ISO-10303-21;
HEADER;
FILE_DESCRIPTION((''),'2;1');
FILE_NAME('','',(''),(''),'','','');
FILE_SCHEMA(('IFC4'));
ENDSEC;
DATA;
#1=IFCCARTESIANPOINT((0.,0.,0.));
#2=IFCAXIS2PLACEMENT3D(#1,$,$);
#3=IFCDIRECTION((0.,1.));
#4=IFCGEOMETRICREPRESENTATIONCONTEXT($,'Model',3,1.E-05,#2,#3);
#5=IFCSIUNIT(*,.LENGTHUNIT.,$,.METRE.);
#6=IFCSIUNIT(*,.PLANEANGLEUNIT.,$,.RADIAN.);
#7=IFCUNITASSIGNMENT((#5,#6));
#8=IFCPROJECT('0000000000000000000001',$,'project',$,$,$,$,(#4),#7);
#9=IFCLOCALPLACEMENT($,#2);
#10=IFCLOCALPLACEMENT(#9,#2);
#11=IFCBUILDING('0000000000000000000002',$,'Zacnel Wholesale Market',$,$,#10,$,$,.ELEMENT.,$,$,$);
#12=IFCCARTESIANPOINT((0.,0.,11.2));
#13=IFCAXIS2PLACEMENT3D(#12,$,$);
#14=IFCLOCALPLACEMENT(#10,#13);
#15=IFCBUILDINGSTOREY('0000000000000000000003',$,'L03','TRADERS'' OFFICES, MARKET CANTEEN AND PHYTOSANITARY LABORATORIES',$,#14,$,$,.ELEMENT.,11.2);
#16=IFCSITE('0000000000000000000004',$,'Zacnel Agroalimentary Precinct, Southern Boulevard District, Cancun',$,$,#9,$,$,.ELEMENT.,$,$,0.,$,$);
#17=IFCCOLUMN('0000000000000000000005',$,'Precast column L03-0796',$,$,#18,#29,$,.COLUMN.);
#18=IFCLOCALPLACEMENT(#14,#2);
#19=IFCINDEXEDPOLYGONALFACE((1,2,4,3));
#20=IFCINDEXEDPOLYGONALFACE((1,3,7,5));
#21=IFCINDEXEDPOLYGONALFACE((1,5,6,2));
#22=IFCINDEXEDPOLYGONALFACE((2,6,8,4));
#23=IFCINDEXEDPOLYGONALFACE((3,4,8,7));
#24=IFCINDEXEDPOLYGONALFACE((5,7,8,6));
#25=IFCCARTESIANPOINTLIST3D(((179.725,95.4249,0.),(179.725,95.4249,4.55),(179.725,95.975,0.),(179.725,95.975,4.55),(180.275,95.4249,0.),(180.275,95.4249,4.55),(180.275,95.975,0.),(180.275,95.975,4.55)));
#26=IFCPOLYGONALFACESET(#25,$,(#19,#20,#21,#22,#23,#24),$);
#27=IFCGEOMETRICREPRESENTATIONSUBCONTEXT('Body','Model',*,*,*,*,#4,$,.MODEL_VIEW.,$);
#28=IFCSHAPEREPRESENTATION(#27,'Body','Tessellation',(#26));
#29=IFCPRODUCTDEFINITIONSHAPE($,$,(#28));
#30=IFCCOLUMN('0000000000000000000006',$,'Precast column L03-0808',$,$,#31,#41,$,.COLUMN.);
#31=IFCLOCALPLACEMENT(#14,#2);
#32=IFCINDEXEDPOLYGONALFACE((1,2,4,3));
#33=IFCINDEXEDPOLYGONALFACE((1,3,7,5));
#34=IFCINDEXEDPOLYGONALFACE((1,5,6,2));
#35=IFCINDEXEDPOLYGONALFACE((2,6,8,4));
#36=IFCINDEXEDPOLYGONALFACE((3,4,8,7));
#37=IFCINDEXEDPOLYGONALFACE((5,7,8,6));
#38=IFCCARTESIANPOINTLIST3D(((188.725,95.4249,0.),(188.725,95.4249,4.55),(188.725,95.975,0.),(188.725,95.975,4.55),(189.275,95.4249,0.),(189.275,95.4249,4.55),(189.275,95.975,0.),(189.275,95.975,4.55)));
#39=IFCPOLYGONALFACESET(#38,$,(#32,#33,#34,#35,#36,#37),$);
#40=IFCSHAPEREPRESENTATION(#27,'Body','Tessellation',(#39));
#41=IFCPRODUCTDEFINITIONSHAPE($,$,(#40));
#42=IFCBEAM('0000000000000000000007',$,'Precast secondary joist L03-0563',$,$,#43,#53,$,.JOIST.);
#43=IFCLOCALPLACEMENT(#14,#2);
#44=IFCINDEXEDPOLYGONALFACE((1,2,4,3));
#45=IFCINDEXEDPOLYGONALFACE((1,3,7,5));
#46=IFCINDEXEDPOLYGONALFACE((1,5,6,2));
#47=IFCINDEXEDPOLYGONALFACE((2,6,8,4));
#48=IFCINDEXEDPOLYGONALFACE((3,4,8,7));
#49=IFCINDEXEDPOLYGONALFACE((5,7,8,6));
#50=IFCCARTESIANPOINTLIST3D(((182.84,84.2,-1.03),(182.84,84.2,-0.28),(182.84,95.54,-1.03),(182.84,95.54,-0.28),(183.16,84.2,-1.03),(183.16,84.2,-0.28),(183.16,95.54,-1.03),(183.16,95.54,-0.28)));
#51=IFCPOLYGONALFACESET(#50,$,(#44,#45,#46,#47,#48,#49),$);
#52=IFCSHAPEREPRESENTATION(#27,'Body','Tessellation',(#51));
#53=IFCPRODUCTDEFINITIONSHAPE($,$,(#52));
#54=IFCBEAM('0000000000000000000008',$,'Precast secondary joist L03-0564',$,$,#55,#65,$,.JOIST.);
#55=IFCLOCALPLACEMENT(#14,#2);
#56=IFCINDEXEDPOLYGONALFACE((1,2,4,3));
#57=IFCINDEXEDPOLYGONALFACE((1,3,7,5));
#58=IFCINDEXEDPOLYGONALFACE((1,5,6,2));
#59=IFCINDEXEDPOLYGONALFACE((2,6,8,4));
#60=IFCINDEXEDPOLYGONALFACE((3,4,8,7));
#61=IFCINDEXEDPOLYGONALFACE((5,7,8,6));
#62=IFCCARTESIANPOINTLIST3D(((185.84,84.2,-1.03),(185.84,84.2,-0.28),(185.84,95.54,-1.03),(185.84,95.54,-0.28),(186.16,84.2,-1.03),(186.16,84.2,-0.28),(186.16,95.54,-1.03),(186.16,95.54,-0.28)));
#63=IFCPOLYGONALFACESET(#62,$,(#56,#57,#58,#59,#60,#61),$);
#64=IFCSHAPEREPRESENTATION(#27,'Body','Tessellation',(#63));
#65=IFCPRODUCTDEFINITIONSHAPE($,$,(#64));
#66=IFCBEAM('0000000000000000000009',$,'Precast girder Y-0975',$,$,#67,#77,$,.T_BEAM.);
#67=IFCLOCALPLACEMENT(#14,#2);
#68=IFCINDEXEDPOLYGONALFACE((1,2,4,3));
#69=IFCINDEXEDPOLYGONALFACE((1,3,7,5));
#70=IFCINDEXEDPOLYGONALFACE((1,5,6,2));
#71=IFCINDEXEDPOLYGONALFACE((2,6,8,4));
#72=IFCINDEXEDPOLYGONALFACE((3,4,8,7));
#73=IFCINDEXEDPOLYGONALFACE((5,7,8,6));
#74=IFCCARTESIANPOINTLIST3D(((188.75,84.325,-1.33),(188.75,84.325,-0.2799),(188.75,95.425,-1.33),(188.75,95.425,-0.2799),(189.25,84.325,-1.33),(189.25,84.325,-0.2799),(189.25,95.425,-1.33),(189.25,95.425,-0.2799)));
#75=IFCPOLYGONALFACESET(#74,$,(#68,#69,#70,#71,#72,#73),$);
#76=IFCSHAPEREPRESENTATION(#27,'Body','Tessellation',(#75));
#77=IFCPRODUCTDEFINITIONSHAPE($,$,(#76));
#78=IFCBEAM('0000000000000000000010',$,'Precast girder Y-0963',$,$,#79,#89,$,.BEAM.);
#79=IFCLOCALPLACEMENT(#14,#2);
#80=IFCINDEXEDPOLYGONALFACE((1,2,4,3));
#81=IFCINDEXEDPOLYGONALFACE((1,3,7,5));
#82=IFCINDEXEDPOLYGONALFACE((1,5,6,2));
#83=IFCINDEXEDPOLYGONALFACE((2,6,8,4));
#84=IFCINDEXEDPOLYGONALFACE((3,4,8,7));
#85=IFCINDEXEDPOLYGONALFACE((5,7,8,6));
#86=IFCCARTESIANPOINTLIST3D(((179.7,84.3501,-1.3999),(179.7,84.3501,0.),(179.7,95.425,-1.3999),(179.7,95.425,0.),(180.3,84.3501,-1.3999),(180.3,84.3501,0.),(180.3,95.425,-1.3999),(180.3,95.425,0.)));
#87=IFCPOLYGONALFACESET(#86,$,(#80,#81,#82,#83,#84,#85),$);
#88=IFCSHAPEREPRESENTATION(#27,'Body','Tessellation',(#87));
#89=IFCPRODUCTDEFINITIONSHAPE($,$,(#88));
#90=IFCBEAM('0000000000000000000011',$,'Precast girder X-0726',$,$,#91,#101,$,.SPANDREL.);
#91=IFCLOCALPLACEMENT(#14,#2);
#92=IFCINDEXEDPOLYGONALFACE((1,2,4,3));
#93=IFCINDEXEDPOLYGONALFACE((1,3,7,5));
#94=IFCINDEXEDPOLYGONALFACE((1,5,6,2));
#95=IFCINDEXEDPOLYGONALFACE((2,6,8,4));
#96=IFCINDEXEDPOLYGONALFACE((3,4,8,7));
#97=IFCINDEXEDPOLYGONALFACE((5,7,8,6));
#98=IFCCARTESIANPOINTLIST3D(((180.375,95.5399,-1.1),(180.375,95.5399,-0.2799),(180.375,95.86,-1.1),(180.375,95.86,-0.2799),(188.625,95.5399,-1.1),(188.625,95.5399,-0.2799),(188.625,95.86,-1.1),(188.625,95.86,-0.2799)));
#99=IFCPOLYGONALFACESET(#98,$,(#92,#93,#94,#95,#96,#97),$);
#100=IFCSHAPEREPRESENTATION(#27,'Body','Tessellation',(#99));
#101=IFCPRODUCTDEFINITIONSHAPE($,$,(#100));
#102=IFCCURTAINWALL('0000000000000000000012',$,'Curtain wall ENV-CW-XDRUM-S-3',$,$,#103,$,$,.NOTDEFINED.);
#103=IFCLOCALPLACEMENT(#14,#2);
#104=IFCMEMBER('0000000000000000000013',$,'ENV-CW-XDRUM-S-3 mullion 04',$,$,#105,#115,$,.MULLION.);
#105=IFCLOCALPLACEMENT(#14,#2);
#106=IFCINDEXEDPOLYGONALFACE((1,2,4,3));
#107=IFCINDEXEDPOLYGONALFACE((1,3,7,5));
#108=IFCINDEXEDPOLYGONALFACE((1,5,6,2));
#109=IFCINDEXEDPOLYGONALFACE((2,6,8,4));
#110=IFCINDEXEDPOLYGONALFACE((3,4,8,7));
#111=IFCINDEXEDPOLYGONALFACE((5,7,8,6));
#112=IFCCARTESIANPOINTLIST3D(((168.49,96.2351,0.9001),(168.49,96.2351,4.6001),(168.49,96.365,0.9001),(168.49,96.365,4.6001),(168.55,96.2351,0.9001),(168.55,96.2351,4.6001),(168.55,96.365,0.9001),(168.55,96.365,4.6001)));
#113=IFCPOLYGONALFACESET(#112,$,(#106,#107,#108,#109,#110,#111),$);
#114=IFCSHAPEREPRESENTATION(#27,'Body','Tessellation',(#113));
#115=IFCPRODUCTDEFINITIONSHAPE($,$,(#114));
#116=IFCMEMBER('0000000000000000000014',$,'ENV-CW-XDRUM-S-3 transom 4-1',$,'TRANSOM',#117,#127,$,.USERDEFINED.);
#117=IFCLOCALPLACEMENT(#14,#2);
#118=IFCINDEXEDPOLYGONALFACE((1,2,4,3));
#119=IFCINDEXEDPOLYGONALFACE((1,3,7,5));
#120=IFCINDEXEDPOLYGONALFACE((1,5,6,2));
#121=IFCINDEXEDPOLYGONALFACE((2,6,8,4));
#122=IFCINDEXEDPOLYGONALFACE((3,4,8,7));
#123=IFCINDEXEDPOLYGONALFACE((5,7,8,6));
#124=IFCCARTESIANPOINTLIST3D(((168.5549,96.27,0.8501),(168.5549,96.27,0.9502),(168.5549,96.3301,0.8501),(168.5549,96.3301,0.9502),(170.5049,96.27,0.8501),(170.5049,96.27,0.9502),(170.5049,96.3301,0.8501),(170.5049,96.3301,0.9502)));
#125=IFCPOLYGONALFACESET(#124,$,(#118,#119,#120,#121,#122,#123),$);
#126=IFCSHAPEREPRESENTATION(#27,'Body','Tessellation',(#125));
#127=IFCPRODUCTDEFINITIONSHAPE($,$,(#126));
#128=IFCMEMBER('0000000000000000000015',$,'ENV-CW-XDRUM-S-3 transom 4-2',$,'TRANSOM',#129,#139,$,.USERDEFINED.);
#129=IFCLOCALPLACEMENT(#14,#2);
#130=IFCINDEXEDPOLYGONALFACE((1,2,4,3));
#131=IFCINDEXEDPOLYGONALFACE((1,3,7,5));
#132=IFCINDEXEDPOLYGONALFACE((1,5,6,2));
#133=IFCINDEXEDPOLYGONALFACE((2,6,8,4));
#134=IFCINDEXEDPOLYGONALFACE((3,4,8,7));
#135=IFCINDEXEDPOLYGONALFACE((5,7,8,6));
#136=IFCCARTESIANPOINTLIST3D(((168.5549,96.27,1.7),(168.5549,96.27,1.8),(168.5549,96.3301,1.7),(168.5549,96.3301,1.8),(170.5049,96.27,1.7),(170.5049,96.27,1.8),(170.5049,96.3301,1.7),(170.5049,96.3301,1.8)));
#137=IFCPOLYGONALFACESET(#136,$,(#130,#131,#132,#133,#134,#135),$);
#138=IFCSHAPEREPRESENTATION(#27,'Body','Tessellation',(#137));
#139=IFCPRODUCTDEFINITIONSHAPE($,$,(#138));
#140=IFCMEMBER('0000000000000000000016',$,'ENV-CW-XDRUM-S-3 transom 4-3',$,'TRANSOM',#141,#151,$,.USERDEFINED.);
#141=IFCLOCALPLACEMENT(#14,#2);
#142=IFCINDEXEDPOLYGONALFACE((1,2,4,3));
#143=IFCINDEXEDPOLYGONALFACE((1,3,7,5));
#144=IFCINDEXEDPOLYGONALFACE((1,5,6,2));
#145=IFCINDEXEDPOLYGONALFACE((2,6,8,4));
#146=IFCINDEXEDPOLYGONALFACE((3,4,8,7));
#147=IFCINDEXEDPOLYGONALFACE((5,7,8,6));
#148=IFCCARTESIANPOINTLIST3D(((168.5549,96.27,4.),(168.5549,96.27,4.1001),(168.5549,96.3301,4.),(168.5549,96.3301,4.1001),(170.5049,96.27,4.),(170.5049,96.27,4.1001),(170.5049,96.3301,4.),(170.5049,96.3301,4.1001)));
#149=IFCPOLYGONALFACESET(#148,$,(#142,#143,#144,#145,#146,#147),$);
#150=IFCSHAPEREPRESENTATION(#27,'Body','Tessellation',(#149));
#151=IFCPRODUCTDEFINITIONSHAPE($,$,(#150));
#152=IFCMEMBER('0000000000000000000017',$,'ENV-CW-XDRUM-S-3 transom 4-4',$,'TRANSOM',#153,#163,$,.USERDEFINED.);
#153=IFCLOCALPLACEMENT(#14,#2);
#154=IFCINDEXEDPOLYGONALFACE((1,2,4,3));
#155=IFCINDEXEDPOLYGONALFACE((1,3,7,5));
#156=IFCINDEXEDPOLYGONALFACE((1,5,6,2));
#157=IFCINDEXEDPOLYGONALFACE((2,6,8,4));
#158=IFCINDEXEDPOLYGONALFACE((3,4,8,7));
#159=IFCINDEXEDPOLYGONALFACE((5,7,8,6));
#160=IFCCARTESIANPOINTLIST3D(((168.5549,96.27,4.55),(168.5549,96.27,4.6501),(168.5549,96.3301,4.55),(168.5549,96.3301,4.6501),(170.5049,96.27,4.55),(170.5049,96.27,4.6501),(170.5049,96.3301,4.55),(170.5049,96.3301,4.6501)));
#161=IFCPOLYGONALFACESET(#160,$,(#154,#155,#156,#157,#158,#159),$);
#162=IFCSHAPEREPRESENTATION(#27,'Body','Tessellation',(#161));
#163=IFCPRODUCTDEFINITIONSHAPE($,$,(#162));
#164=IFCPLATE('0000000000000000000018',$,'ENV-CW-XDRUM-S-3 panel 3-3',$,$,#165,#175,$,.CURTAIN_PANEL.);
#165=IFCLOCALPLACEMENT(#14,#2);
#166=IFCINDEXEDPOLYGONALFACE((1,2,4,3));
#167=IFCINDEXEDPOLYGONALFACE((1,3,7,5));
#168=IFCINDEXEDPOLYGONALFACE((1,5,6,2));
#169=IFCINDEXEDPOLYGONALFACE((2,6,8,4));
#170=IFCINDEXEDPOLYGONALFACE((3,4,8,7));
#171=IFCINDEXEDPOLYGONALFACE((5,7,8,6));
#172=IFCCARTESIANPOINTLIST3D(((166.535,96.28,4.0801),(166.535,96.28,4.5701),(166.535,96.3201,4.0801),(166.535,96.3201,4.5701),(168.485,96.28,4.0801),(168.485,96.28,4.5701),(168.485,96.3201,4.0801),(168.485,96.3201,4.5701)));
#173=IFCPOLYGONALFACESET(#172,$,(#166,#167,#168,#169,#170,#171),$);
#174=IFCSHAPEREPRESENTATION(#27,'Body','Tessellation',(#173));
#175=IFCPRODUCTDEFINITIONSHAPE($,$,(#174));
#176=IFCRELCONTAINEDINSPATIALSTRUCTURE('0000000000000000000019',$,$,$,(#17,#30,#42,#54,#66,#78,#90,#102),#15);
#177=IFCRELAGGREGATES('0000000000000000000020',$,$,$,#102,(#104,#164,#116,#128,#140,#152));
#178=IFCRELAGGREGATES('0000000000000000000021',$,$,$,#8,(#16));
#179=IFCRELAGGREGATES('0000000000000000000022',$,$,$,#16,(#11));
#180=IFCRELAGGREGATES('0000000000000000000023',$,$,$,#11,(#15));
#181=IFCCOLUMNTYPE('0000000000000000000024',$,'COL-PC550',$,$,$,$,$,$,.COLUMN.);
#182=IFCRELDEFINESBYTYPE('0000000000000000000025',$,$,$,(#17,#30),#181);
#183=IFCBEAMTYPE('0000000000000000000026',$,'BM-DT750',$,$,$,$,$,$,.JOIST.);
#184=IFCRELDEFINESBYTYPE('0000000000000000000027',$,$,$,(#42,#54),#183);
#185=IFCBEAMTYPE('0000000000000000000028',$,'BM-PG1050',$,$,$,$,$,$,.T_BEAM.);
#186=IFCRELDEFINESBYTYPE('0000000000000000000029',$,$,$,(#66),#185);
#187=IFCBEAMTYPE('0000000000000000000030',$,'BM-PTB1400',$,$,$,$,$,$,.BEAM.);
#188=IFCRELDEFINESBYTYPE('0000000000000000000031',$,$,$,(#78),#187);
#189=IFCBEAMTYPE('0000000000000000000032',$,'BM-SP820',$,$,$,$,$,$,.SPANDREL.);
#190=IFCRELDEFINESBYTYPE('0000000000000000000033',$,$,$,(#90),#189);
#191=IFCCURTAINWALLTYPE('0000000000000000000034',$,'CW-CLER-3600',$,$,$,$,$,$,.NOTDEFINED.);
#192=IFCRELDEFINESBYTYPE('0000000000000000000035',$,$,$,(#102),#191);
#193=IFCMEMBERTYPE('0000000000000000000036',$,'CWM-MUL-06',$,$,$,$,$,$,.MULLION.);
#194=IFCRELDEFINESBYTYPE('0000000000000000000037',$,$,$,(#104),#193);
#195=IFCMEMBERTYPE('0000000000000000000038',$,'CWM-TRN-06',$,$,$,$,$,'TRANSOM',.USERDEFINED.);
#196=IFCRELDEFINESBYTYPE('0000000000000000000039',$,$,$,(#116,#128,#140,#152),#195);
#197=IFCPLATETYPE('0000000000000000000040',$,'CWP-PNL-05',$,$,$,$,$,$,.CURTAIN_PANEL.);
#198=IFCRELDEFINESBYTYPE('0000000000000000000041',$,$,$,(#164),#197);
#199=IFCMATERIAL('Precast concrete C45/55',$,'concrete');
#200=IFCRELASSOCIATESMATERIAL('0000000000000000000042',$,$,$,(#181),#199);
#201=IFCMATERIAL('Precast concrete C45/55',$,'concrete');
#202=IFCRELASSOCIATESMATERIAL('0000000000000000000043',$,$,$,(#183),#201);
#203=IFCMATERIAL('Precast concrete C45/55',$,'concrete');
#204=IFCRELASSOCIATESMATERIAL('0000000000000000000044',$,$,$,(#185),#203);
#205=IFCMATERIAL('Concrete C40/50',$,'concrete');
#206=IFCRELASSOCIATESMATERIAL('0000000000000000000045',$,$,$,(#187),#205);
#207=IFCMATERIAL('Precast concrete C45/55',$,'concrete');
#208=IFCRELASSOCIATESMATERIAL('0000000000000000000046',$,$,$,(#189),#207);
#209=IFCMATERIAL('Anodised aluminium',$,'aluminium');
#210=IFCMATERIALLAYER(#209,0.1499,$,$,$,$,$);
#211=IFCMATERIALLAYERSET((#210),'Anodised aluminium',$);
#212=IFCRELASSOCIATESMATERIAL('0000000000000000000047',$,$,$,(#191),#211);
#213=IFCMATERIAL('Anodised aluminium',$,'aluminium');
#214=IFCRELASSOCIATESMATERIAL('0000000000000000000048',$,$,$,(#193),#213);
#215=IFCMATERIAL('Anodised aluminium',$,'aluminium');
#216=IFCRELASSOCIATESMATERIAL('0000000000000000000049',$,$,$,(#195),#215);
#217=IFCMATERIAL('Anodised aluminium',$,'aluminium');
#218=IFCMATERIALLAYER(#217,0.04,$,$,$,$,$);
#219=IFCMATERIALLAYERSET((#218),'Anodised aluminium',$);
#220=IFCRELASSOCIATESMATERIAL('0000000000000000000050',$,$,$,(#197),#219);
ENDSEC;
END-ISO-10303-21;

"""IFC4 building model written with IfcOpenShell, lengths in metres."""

from ifc_helpers import new_model, si_unit, direction, frame, origin, origin_2d, place, context, subcontext, project, spatial, rectangle, extrude, material, layer, layer_set, material_profile, profile_set, type_object, element, aggregate, save


model = new_model("IFC4")

# Units and contexts
model_context = context("Model", 3, precision=1e-05, world=origin(), true_north=direction((0.0, 1.0)))
body_context = subcontext(model_context, "Body", "Model", "MODEL_VIEW")
ifc_project = project(units=[si_unit("LENGTHUNIT", "METRE"), si_unit("PLANEANGLEUNIT", "RADIAN")], contexts=[model_context])

# Site, building, storey
site_placement = place(None, origin())
site = spatial("IfcSite", under=ifc_project, at=site_placement, Name="Zacnel Agroalimentary Precinct, Southern Boulevard District, Cancun", CompositionType="ELEMENT", RefElevation=0.0)
building_placement = place(site_placement, origin())
building = spatial("IfcBuilding", under=site, at=building_placement, Name="Zacnel Wholesale Market", CompositionType="ELEMENT")
storey_placement = place(building_placement, frame((0.0, 0.0, 11.2)))
storey = spatial("IfcBuildingStorey", under=building, at=storey_placement, Name="L03", Description="TRADERS' OFFICES, MARKET CANTEEN AND PHYTOSANITARY LABORATORIES", CompositionType="ELEMENT", Elevation=11.2)

# Columns
ifc_material_1 = material(Name="Precast concrete C45/55", Category="concrete")
ifc_material_profile_1 = material_profile(ifc_material_1, rectangle(XDim=0.55, YDim=0.55, at=origin_2d()), Name="PC 550x550")
ifc_profile_set_1 = profile_set([ifc_material_profile_1], Name="Precast concrete C45/55")
column_type = type_object("IfcColumnType", Name="COL-PC550", PredefinedType="COLUMN", material=ifc_profile_set_1)
for number, where, z_axis, x_axis, name in (
    (1, (180.0, 95.7, 0.0), (0.0, 0.0, 1.0), (1.0, 0.0, 0.0), "Precast column L03-0796"),
    (2, (189.0, 95.7, 0.0), (0.0, 0.0, 1.0), (1.0, 0.0, 0.0), "Precast column L03-0808"),
):
    element("IfcColumn", number, at=place(storey_placement, frame(where, z_axis=z_axis, x_axis=x_axis)), inside=storey, type_object=column_type, Name=name, PredefinedType="COLUMN", context=body_context, shape_type="SweptSolid", body=[
        extrude(rectangle(XDim=0.55, YDim=0.55, at=origin_2d()), origin(), (0.0, 0.0, 1.0), 4.55),
    ])

# Beams
ifc_material_2 = material(Name="Precast concrete C45/55", Category="concrete")
ifc_material_profile_2 = material_profile(ifc_material_2, rectangle(XDim=0.3201, YDim=0.75, at=origin_2d()), Name="DT RIB 320x750")
ifc_profile_set_2 = profile_set([ifc_material_profile_2], Name="Precast concrete C45/55")
beam_type_1 = type_object("IfcBeamType", Name="BM-DT750", PredefinedType="JOIST", material=ifc_profile_set_2)
for number, where, z_axis, x_axis, name in (
    (3, (183.0, 84.2, -0.655), (0.0, 1.0, 0.0), (-1.0, 0.0, 0.0), "Precast secondary joist L03-0563"),
    (4, (186.0, 84.2, -0.655), (0.0, 1.0, 0.0), (-1.0, 0.0, 0.0), "Precast secondary joist L03-0564"),
):
    element("IfcBeam", number, at=place(storey_placement, frame(where, z_axis=z_axis, x_axis=x_axis)), inside=storey, type_object=beam_type_1, Name=name, PredefinedType="JOIST", context=body_context, shape_type="SweptSolid", body=[
        extrude(rectangle(XDim=0.3201, YDim=0.75, at=origin_2d()), origin(), (0.0, 0.0, 1.0), 11.3401),
    ])
ifc_material_3 = material(Name="Precast concrete C45/55", Category="concrete")
ifc_material_profile_3 = material_profile(ifc_material_3, rectangle(XDim=0.5, YDim=1.05, at=origin_2d()), Name="PG 500x1050")
ifc_profile_set_3 = profile_set([ifc_material_profile_3], Name="Precast concrete C45/55")
beam_type_2 = type_object("IfcBeamType", Name="BM-PG1050", PredefinedType="T_BEAM", material=ifc_profile_set_3)
beam_1_placement = place(storey_placement, frame((189.0, 84.325, -0.8049), z_axis=(0.0, 1.0, 0.0), x_axis=(-1.0, 0.0, 0.0)))
element("IfcBeam", 5, at=beam_1_placement, inside=storey, type_object=beam_type_2, Name="Precast girder Y-0975", PredefinedType="T_BEAM", context=body_context, shape_type="SweptSolid", body=[
    extrude(rectangle(XDim=0.5, YDim=1.05, at=origin_2d()), origin(), (0.0, 0.0, 1.0), 11.1001),
])
ifc_material_4 = material(Name="Concrete C40/50", Category="concrete")
ifc_material_profile_4 = material_profile(ifc_material_4, rectangle(XDim=0.6001, YDim=1.3999, at=origin_2d()), Name="PTB 600x1400")
ifc_profile_set_4 = profile_set([ifc_material_profile_4], Name="Concrete C40/50")
beam_type_3 = type_object("IfcBeamType", Name="BM-PTB1400", PredefinedType="BEAM", material=ifc_profile_set_4)
beam_2_placement = place(storey_placement, frame((180.0, 84.3501, -0.7), z_axis=(0.0, 1.0, 0.0), x_axis=(-1.0, 0.0, 0.0)))
element("IfcBeam", 6, at=beam_2_placement, inside=storey, type_object=beam_type_3, Name="Precast girder Y-0963", PredefinedType="BEAM", context=body_context, shape_type="SweptSolid", body=[
    extrude(rectangle(XDim=0.6001, YDim=1.3999, at=origin_2d()), origin(), (0.0, 0.0, 1.0), 11.075),
])
ifc_material_5 = material(Name="Precast concrete C45/55", Category="concrete")
ifc_material_profile_5 = material_profile(ifc_material_5, rectangle(XDim=0.3201, YDim=0.8201, at=origin_2d()), Name="SP 320x820")
ifc_profile_set_5 = profile_set([ifc_material_profile_5], Name="Precast concrete C45/55")
beam_type_4 = type_object("IfcBeamType", Name="BM-SP820", PredefinedType="SPANDREL", material=ifc_profile_set_5)
beam_3_placement = place(storey_placement, frame((180.375, 95.7, -0.6899), z_axis=(1.0, 0.0, 0.0), x_axis=(0.0, 1.0, 0.0)))
element("IfcBeam", 7, at=beam_3_placement, inside=storey, type_object=beam_type_4, Name="Precast girder X-0726", PredefinedType="SPANDREL", context=body_context, shape_type="SweptSolid", body=[
    extrude(rectangle(XDim=0.3201, YDim=0.8201, at=origin_2d()), origin(), (0.0, 0.0, 1.0), 8.25),
])

# Curtain wall, members, plate
ifc_material_6 = material(Name="Anodised aluminium", Category="aluminium")
ifc_layer_1 = layer(ifc_material_6, 0.1499)
ifc_layer_set_1 = layer_set([ifc_layer_1], Name="Anodised aluminium")
curtain_wall_type = type_object("IfcCurtainWallType", Name="CW-CLER-3600", PredefinedType="NOTDEFINED", material=ifc_layer_set_1)
curtain_wall_placement = place(storey_placement, origin())
curtain_wall = element("IfcCurtainWall", 8, at=curtain_wall_placement, inside=storey, type_object=curtain_wall_type, Name="Curtain wall ENV-CW-XDRUM-S-3", PredefinedType="NOTDEFINED")
ifc_material_7 = material(Name="Anodised aluminium", Category="aluminium")
ifc_material_profile_6 = material_profile(ifc_material_7, rectangle(XDim=0.0601, YDim=0.1299, at=origin_2d()), Name="AW-MULLION 60x130")
ifc_profile_set_6 = profile_set([ifc_material_profile_6], Name="Anodised aluminium")
member_type_1 = type_object("IfcMemberType", Name="CWM-MUL-06", PredefinedType="MULLION", material=ifc_profile_set_6)
member_1_placement = place(storey_placement, frame((168.52, 96.3, 0.9001), z_axis=(0.0, 0.0, 1.0), x_axis=(1.0, 0.0, 0.0)))
member_1 = element("IfcMember", 9, at=member_1_placement, type_object=member_type_1, Name="ENV-CW-XDRUM-S-3 mullion 04", PredefinedType="MULLION", context=body_context, shape_type="SweptSolid", body=[
    extrude(rectangle(XDim=0.0601, YDim=0.1299, at=origin_2d()), origin(), (0.0, 0.0, 1.0), 3.7),
])
ifc_material_8 = material(Name="Anodised aluminium", Category="aluminium")
ifc_material_profile_7 = material_profile(ifc_material_8, rectangle(XDim=0.0601, YDim=0.1001, at=origin_2d()), Name="AW-TRANSOM 60x100")
ifc_profile_set_7 = profile_set([ifc_material_profile_7], Name="Anodised aluminium")
member_type_2 = type_object("IfcMemberType", Name="CWM-TRN-06", ElementType="TRANSOM", PredefinedType="USERDEFINED", material=ifc_profile_set_7)
member_2_placement = place(storey_placement, frame((168.5549, 96.3, 0.9001), z_axis=(1.0, 0.0, 0.0), x_axis=(0.0, 1.0, 0.0)))
member_2 = element("IfcMember", 10, at=member_2_placement, type_object=member_type_2, Name="ENV-CW-XDRUM-S-3 transom 4-1", ObjectType="TRANSOM", PredefinedType="USERDEFINED", context=body_context, shape_type="SweptSolid", body=[
    extrude(rectangle(XDim=0.0601, YDim=0.1001, at=origin_2d()), origin(), (0.0, 0.0, 1.0), 1.95),
])
member_3_placement = place(storey_placement, frame((168.5549, 96.3, 1.75), z_axis=(1.0, 0.0, 0.0), x_axis=(0.0, 1.0, 0.0)))
member_3 = element("IfcMember", 11, at=member_3_placement, type_object=member_type_2, Name="ENV-CW-XDRUM-S-3 transom 4-2", ObjectType="TRANSOM", PredefinedType="USERDEFINED", context=body_context, shape_type="SweptSolid", body=[
    extrude(rectangle(XDim=0.0601, YDim=0.1001, at=origin_2d()), origin(), (0.0, 0.0, 1.0), 1.95),
])
member_4_placement = place(storey_placement, frame((168.5549, 96.3, 4.05), z_axis=(1.0, 0.0, 0.0), x_axis=(0.0, 1.0, 0.0)))
member_4 = element("IfcMember", 12, at=member_4_placement, type_object=member_type_2, Name="ENV-CW-XDRUM-S-3 transom 4-3", ObjectType="TRANSOM", PredefinedType="USERDEFINED", context=body_context, shape_type="SweptSolid", body=[
    extrude(rectangle(XDim=0.0601, YDim=0.1001, at=origin_2d()), origin(), (0.0, 0.0, 1.0), 1.95),
])
member_5_placement = place(storey_placement, frame((168.5549, 96.3, 4.6001), z_axis=(1.0, 0.0, 0.0), x_axis=(0.0, 1.0, 0.0)))
member_5 = element("IfcMember", 13, at=member_5_placement, type_object=member_type_2, Name="ENV-CW-XDRUM-S-3 transom 4-4", ObjectType="TRANSOM", PredefinedType="USERDEFINED", context=body_context, shape_type="SweptSolid", body=[
    extrude(rectangle(XDim=0.0601, YDim=0.1001, at=origin_2d()), origin(), (0.0, 0.0, 1.0), 1.95),
])
ifc_material_9 = material(Name="Anodised aluminium", Category="aluminium")
ifc_layer_2 = layer(ifc_material_9, 0.04)
ifc_layer_set_2 = layer_set([ifc_layer_2], Name="Anodised aluminium")
plate_type = type_object("IfcPlateType", Name="CWP-PNL-05", PredefinedType="CURTAIN_PANEL", material=ifc_layer_set_2)
plate_placement = place(storey_placement, frame((167.51, 96.3, 4.0801), z_axis=(0.0, 0.0, 1.0), x_axis=(1.0, 0.0, 0.0)))
plate = element("IfcPlate", 14, at=plate_placement, type_object=plate_type, Name="ENV-CW-XDRUM-S-3 panel 3-3", PredefinedType="CURTAIN_PANEL", context=body_context, shape_type="SweptSolid", body=[
    extrude(rectangle(XDim=1.95, YDim=0.04, at=origin_2d()), origin(), (0.0, 0.0, 1.0), 0.49),
])
aggregate(curtain_wall, [member_1, plate, member_2, member_3, member_4, member_5])

save(model, "model.ifc")
